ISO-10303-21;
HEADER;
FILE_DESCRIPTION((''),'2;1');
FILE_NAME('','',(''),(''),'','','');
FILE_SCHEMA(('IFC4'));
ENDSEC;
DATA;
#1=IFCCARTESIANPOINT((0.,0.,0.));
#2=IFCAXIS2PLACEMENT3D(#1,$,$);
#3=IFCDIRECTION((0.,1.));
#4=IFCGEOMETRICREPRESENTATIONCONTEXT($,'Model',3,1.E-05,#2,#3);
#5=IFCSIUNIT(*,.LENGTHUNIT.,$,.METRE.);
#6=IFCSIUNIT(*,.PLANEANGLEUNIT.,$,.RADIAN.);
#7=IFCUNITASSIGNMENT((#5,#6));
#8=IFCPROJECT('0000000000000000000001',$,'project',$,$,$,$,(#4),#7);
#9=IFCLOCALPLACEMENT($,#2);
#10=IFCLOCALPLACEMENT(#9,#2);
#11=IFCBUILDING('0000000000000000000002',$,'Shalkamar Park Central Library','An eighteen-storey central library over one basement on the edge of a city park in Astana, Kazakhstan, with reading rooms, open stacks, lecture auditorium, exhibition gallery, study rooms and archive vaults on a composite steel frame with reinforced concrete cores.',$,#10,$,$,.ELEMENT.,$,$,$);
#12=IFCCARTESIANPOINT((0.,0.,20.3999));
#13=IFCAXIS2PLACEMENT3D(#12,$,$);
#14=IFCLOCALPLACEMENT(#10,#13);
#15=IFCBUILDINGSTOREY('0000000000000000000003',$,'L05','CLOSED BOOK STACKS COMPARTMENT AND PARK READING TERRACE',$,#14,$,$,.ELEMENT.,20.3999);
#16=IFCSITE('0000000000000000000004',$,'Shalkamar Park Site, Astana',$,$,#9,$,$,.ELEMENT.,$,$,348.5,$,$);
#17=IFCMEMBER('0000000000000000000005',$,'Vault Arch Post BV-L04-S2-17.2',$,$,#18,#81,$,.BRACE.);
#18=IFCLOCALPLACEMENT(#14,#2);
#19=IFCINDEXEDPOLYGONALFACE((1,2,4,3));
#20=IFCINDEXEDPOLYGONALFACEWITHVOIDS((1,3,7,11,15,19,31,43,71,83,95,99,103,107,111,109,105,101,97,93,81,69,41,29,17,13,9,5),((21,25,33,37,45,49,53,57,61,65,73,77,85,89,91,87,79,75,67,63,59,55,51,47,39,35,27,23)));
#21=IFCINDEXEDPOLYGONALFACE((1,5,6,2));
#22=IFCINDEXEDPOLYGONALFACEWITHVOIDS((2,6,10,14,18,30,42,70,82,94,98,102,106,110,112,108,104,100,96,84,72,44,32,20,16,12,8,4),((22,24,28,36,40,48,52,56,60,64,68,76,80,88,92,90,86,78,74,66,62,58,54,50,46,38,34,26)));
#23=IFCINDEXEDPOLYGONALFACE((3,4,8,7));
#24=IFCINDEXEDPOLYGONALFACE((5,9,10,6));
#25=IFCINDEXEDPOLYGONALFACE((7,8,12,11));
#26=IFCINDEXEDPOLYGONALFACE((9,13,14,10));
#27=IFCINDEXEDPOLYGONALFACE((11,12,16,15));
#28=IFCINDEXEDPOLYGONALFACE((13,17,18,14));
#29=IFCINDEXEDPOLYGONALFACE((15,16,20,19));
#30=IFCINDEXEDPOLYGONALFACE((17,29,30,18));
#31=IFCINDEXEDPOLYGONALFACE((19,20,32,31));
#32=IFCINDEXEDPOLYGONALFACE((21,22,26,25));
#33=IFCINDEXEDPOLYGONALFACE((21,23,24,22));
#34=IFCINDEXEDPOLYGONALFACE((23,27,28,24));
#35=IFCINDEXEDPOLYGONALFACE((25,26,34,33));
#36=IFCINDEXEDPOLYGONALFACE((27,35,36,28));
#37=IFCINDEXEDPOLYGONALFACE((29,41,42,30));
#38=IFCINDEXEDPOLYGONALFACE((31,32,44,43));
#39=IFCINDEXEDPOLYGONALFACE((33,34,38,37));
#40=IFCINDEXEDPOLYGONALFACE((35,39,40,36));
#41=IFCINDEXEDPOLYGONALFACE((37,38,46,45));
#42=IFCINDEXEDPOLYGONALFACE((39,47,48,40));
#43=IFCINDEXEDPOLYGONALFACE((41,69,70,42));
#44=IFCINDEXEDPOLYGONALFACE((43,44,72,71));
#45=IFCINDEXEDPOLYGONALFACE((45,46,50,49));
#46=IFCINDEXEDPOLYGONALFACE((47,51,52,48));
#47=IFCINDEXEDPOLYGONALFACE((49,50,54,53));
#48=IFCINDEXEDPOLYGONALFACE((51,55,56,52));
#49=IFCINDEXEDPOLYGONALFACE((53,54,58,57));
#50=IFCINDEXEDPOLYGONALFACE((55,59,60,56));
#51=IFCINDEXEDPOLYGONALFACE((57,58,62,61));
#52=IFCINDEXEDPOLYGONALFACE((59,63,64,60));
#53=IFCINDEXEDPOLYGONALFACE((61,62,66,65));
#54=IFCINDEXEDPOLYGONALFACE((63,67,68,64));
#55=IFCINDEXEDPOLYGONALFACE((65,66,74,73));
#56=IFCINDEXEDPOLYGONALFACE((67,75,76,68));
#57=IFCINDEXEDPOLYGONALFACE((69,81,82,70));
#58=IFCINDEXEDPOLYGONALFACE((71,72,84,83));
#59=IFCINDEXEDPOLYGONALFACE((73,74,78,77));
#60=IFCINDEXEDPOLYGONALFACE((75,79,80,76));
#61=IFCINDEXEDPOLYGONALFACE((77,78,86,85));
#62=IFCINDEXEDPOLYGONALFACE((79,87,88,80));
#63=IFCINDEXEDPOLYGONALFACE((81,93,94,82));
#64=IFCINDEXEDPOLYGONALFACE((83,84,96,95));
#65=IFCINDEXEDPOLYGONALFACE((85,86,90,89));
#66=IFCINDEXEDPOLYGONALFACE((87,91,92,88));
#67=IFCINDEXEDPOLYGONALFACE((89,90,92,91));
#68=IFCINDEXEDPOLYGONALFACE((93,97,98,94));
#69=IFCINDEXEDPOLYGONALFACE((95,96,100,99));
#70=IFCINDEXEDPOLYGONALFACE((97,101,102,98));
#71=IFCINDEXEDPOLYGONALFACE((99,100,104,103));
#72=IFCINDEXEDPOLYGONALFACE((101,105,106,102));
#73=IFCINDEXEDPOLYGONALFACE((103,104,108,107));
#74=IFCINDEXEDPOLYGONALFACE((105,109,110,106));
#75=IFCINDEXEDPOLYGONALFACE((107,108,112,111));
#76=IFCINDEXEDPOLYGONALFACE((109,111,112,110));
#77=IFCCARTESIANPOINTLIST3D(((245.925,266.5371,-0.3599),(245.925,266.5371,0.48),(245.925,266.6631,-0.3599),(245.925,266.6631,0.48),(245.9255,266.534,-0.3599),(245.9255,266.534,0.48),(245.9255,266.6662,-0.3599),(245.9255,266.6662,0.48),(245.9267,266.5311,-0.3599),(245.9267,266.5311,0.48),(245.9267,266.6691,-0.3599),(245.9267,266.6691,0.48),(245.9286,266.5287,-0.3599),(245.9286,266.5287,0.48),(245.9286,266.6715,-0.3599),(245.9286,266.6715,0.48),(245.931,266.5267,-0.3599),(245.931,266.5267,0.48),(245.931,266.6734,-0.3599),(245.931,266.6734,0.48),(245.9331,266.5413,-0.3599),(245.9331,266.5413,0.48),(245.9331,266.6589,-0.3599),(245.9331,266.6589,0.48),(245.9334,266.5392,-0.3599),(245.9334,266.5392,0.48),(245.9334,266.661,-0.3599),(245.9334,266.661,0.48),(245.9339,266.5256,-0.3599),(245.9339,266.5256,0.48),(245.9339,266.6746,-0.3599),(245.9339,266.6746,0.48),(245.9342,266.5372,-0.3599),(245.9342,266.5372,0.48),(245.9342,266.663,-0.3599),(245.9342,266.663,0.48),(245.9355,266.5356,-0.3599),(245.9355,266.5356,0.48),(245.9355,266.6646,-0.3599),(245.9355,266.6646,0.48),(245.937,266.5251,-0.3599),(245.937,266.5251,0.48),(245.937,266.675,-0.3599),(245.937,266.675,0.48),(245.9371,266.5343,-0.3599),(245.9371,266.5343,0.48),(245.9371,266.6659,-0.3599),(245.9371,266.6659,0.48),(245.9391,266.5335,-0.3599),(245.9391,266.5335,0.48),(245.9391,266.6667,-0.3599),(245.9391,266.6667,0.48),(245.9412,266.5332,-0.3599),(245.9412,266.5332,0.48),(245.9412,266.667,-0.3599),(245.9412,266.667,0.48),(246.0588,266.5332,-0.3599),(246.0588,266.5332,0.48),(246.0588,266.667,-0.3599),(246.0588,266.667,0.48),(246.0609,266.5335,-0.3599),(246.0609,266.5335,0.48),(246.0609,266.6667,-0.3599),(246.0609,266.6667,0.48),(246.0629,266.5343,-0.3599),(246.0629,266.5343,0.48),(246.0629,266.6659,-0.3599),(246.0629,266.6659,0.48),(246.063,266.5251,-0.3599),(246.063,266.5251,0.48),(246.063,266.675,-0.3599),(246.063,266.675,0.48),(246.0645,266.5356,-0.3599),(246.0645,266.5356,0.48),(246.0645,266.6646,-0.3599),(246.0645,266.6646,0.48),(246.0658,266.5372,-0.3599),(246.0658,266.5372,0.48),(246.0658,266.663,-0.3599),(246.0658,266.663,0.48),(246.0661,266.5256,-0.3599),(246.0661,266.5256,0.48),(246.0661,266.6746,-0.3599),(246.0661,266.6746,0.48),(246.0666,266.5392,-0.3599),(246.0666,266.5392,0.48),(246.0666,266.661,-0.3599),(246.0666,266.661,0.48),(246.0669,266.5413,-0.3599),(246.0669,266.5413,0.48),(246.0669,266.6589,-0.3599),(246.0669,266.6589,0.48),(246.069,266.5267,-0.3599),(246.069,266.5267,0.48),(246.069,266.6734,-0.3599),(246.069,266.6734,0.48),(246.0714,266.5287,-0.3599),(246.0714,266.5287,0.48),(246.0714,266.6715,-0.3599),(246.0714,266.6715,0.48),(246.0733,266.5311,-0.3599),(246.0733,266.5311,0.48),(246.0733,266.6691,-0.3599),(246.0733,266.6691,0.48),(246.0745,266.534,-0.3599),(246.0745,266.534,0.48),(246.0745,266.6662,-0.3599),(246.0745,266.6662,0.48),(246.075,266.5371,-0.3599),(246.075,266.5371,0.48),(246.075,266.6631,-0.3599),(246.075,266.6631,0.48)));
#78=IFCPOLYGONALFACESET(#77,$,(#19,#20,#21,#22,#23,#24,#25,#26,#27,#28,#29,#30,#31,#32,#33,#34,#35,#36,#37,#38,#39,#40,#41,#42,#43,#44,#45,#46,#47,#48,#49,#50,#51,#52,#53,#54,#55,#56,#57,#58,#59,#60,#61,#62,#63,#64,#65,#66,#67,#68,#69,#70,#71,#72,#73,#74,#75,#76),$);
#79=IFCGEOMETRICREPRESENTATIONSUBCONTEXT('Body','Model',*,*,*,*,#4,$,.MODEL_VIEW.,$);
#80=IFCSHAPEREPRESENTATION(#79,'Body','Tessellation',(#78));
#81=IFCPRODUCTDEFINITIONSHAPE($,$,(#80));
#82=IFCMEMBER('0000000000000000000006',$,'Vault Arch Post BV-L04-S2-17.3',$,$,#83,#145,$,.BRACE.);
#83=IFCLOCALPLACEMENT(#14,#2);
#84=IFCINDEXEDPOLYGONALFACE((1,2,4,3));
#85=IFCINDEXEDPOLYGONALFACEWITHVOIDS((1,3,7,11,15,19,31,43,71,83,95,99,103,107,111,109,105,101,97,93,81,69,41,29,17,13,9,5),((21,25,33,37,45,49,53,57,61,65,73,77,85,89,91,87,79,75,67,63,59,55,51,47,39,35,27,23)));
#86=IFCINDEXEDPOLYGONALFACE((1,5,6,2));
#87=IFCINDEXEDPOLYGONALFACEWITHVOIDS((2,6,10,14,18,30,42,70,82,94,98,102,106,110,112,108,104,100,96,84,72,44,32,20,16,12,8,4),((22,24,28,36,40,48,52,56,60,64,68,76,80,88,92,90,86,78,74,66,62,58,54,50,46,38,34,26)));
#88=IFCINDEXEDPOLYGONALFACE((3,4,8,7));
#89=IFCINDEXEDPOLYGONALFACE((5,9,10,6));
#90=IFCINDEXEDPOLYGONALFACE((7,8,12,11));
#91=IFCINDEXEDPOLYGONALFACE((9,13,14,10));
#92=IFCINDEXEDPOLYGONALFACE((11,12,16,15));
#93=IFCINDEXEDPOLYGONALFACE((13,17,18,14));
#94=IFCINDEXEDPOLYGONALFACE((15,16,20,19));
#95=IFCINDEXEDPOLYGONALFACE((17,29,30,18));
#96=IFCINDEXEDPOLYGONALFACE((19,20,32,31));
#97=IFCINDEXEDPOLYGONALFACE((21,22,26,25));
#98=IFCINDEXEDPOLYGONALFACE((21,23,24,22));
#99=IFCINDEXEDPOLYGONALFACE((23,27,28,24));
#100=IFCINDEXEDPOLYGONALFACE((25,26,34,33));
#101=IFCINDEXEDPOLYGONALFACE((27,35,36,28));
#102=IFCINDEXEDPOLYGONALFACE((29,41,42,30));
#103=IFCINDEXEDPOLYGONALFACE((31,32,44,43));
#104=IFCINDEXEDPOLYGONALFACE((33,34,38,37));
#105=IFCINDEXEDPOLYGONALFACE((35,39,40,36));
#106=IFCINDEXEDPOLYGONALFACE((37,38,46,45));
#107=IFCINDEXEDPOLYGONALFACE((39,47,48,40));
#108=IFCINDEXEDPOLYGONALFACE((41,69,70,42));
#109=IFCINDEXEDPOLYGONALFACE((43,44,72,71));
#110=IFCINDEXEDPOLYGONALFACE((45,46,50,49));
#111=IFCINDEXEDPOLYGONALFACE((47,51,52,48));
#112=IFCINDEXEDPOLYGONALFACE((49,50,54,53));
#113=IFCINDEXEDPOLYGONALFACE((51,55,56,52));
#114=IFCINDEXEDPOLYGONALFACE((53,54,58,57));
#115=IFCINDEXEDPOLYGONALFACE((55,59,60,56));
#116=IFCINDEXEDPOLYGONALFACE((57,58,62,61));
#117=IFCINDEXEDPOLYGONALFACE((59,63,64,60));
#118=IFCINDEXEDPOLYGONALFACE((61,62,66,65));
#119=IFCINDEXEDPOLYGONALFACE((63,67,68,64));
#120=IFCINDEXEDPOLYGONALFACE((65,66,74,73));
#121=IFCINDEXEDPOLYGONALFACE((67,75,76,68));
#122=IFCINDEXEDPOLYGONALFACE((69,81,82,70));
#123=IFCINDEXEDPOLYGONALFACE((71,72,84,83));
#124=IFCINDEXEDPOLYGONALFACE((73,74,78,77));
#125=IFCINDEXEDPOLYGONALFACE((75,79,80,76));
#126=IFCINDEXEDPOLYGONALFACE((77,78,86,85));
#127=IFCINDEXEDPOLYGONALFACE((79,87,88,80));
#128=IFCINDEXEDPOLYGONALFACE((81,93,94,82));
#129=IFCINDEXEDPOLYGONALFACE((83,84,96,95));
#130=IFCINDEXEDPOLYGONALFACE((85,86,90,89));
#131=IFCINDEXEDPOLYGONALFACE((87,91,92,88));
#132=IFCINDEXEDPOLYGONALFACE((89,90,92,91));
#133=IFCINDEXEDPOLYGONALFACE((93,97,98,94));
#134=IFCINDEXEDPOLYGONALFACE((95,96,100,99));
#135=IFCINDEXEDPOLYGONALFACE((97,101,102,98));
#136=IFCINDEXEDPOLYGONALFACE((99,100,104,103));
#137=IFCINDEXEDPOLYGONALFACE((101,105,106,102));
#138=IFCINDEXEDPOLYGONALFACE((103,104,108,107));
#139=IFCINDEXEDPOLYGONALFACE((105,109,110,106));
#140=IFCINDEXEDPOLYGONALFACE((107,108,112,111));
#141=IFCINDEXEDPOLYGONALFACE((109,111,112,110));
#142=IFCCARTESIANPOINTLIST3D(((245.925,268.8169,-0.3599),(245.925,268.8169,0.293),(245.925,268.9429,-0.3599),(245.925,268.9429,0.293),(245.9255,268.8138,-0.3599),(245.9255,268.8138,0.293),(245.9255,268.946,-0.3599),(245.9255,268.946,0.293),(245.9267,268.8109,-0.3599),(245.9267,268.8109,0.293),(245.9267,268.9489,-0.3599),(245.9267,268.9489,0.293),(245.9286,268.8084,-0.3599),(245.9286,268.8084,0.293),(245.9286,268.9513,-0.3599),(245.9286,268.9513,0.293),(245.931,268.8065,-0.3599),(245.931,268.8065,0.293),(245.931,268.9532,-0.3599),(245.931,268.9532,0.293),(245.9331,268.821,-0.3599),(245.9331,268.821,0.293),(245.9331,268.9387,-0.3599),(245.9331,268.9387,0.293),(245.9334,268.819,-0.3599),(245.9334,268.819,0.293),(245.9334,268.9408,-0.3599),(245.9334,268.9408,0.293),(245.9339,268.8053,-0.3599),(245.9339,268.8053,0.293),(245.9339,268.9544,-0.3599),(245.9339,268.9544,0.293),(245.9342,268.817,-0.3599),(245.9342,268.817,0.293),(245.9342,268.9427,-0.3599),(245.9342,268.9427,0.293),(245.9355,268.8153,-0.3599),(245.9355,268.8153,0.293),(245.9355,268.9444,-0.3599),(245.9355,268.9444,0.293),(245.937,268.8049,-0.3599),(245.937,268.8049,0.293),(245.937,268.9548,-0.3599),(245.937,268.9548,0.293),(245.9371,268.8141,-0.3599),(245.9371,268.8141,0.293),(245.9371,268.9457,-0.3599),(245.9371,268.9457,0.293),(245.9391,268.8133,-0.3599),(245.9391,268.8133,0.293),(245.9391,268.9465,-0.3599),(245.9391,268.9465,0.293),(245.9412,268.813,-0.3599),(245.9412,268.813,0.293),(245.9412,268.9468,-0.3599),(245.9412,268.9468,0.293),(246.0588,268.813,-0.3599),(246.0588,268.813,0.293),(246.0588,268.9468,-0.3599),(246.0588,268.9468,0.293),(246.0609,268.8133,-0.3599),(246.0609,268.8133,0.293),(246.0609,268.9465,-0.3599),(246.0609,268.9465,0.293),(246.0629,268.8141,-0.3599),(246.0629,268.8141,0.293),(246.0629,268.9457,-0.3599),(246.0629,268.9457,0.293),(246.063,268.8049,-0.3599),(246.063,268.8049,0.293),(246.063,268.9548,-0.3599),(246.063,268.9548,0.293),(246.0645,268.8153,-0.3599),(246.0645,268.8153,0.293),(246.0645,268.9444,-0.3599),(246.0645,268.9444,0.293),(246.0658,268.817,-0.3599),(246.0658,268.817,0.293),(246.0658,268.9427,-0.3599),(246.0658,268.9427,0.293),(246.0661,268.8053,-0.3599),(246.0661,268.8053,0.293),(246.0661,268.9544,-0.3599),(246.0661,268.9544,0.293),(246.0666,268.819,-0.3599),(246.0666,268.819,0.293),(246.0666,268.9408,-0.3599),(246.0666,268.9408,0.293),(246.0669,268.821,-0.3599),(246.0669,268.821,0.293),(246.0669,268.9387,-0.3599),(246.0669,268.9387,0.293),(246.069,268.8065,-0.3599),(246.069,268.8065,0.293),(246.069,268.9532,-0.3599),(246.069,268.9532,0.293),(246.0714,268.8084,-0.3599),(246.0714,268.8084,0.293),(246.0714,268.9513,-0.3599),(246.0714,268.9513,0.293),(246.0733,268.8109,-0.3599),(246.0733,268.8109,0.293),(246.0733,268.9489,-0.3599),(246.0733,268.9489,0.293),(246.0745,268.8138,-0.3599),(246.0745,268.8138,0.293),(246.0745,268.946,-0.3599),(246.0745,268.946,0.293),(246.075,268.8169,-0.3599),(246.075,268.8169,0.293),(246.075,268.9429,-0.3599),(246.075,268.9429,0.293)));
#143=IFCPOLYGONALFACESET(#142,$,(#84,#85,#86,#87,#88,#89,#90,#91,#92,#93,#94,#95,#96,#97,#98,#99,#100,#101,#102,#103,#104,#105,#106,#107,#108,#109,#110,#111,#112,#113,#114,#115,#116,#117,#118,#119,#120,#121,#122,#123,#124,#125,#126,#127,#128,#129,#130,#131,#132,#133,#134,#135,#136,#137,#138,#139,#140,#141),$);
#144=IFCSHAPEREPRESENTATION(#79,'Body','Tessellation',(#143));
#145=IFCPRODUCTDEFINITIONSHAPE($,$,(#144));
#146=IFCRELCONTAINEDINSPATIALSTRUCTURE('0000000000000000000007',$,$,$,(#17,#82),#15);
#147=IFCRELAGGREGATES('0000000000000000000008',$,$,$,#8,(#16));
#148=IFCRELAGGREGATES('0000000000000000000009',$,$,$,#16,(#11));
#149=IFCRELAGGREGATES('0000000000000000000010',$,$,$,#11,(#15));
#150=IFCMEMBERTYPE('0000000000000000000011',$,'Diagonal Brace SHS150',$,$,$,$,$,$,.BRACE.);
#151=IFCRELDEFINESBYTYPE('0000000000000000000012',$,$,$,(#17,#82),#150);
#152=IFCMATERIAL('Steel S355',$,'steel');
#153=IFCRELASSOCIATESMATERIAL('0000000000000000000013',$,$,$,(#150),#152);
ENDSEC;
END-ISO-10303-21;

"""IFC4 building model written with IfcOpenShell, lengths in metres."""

from ifc_helpers import new_model, si_unit, direction, frame, origin, origin_2d, place, context, subcontext, project, spatial, hollow_rectangle, extrude, material, material_profile, profile_set, type_object, element, save


model = new_model("IFC4")

# Units and contexts
model_context = context("Model", 3, precision=1e-05, world=origin(), true_north=direction((0.0, 1.0)))
body_context = subcontext(model_context, "Body", "Model", "MODEL_VIEW")
ifc_project = project(units=[si_unit("LENGTHUNIT", "METRE"), si_unit("PLANEANGLEUNIT", "RADIAN")], contexts=[model_context])

# Site, building, storey
site_placement = place(None, origin())
site = spatial("IfcSite", under=ifc_project, at=site_placement, Name="Shalkamar Park Site, Astana", CompositionType="ELEMENT", RefElevation=348.5)
building_placement = place(site_placement, origin())
building = spatial("IfcBuilding", under=site, at=building_placement, Name="Shalkamar Park Central Library", Description="An eighteen-storey central library over one basement on the edge of a city park in Astana, Kazakhstan, with reading rooms, open stacks, lecture auditorium, exhibition gallery, study rooms and archive vaults on a composite steel frame with reinforced concrete cores.", CompositionType="ELEMENT")
storey_placement = place(building_placement, frame((0.0, 0.0, 20.3999)))
storey = spatial("IfcBuildingStorey", under=building, at=storey_placement, Name="L05", Description="CLOSED BOOK STACKS COMPARTMENT AND PARK READING TERRACE", CompositionType="ELEMENT", Elevation=20.3999)

# Members
ifc_material = material(Name="Steel S355", Category="steel")
ifc_material_profile_1 = material_profile(ifc_material, hollow_rectangle(XDim=0.1499, YDim=0.1499, WallThickness=0.0081, InnerFilletRadius=0.0081, OuterFilletRadius=0.012, at=origin_2d()), Name="SHS 150x150x8")
ifc_profile_set_1 = profile_set([ifc_material_profile_1], Name="Steel S355")
member_type_1 = type_object("IfcMemberType", Name="Diagonal Brace SHS150", PredefinedType="BRACE", material=ifc_profile_set_1)
member_1_placement = place(storey_placement, frame((246.0, 266.6001, -0.3599), z_axis=(0.0, 0.0, 1.0), x_axis=(1.0, 0.0, 0.0)))
element("IfcMember", 1, at=member_1_placement, inside=storey, type_object=member_type_1, Name="Vault Arch Post BV-L04-S2-17.2", PredefinedType="BRACE", context=body_context, shape_type="SweptSolid", body=[
    extrude(hollow_rectangle(XDim=0.1499, YDim=0.1499, WallThickness=0.0081, InnerFilletRadius=0.0081, OuterFilletRadius=0.012, at=origin_2d()), origin(), (0.0, 0.0, 1.0), 0.8398),
])
for number, where, z_axis, x_axis, name in (
    (2, (246.0, 268.8799, -0.3599), (0.0, 0.0, 1.0), (1.0, 0.0, 0.0), "Vault Arch Post BV-L04-S2-17.3"),
):
    element("IfcMember", number, at=place(storey_placement, frame(where, z_axis=z_axis, x_axis=x_axis)), inside=storey, type_object=member_type_1, Name=name, PredefinedType="BRACE", context=body_context, shape_type="SweptSolid", body=[
        extrude(hollow_rectangle(XDim=0.1499, YDim=0.1499, WallThickness=0.0081, InnerFilletRadius=0.0081, OuterFilletRadius=0.012, at=origin_2d()), origin(), (0.0, 0.0, 1.0), 0.6528),
    ])

save(model, "model.ifc")
